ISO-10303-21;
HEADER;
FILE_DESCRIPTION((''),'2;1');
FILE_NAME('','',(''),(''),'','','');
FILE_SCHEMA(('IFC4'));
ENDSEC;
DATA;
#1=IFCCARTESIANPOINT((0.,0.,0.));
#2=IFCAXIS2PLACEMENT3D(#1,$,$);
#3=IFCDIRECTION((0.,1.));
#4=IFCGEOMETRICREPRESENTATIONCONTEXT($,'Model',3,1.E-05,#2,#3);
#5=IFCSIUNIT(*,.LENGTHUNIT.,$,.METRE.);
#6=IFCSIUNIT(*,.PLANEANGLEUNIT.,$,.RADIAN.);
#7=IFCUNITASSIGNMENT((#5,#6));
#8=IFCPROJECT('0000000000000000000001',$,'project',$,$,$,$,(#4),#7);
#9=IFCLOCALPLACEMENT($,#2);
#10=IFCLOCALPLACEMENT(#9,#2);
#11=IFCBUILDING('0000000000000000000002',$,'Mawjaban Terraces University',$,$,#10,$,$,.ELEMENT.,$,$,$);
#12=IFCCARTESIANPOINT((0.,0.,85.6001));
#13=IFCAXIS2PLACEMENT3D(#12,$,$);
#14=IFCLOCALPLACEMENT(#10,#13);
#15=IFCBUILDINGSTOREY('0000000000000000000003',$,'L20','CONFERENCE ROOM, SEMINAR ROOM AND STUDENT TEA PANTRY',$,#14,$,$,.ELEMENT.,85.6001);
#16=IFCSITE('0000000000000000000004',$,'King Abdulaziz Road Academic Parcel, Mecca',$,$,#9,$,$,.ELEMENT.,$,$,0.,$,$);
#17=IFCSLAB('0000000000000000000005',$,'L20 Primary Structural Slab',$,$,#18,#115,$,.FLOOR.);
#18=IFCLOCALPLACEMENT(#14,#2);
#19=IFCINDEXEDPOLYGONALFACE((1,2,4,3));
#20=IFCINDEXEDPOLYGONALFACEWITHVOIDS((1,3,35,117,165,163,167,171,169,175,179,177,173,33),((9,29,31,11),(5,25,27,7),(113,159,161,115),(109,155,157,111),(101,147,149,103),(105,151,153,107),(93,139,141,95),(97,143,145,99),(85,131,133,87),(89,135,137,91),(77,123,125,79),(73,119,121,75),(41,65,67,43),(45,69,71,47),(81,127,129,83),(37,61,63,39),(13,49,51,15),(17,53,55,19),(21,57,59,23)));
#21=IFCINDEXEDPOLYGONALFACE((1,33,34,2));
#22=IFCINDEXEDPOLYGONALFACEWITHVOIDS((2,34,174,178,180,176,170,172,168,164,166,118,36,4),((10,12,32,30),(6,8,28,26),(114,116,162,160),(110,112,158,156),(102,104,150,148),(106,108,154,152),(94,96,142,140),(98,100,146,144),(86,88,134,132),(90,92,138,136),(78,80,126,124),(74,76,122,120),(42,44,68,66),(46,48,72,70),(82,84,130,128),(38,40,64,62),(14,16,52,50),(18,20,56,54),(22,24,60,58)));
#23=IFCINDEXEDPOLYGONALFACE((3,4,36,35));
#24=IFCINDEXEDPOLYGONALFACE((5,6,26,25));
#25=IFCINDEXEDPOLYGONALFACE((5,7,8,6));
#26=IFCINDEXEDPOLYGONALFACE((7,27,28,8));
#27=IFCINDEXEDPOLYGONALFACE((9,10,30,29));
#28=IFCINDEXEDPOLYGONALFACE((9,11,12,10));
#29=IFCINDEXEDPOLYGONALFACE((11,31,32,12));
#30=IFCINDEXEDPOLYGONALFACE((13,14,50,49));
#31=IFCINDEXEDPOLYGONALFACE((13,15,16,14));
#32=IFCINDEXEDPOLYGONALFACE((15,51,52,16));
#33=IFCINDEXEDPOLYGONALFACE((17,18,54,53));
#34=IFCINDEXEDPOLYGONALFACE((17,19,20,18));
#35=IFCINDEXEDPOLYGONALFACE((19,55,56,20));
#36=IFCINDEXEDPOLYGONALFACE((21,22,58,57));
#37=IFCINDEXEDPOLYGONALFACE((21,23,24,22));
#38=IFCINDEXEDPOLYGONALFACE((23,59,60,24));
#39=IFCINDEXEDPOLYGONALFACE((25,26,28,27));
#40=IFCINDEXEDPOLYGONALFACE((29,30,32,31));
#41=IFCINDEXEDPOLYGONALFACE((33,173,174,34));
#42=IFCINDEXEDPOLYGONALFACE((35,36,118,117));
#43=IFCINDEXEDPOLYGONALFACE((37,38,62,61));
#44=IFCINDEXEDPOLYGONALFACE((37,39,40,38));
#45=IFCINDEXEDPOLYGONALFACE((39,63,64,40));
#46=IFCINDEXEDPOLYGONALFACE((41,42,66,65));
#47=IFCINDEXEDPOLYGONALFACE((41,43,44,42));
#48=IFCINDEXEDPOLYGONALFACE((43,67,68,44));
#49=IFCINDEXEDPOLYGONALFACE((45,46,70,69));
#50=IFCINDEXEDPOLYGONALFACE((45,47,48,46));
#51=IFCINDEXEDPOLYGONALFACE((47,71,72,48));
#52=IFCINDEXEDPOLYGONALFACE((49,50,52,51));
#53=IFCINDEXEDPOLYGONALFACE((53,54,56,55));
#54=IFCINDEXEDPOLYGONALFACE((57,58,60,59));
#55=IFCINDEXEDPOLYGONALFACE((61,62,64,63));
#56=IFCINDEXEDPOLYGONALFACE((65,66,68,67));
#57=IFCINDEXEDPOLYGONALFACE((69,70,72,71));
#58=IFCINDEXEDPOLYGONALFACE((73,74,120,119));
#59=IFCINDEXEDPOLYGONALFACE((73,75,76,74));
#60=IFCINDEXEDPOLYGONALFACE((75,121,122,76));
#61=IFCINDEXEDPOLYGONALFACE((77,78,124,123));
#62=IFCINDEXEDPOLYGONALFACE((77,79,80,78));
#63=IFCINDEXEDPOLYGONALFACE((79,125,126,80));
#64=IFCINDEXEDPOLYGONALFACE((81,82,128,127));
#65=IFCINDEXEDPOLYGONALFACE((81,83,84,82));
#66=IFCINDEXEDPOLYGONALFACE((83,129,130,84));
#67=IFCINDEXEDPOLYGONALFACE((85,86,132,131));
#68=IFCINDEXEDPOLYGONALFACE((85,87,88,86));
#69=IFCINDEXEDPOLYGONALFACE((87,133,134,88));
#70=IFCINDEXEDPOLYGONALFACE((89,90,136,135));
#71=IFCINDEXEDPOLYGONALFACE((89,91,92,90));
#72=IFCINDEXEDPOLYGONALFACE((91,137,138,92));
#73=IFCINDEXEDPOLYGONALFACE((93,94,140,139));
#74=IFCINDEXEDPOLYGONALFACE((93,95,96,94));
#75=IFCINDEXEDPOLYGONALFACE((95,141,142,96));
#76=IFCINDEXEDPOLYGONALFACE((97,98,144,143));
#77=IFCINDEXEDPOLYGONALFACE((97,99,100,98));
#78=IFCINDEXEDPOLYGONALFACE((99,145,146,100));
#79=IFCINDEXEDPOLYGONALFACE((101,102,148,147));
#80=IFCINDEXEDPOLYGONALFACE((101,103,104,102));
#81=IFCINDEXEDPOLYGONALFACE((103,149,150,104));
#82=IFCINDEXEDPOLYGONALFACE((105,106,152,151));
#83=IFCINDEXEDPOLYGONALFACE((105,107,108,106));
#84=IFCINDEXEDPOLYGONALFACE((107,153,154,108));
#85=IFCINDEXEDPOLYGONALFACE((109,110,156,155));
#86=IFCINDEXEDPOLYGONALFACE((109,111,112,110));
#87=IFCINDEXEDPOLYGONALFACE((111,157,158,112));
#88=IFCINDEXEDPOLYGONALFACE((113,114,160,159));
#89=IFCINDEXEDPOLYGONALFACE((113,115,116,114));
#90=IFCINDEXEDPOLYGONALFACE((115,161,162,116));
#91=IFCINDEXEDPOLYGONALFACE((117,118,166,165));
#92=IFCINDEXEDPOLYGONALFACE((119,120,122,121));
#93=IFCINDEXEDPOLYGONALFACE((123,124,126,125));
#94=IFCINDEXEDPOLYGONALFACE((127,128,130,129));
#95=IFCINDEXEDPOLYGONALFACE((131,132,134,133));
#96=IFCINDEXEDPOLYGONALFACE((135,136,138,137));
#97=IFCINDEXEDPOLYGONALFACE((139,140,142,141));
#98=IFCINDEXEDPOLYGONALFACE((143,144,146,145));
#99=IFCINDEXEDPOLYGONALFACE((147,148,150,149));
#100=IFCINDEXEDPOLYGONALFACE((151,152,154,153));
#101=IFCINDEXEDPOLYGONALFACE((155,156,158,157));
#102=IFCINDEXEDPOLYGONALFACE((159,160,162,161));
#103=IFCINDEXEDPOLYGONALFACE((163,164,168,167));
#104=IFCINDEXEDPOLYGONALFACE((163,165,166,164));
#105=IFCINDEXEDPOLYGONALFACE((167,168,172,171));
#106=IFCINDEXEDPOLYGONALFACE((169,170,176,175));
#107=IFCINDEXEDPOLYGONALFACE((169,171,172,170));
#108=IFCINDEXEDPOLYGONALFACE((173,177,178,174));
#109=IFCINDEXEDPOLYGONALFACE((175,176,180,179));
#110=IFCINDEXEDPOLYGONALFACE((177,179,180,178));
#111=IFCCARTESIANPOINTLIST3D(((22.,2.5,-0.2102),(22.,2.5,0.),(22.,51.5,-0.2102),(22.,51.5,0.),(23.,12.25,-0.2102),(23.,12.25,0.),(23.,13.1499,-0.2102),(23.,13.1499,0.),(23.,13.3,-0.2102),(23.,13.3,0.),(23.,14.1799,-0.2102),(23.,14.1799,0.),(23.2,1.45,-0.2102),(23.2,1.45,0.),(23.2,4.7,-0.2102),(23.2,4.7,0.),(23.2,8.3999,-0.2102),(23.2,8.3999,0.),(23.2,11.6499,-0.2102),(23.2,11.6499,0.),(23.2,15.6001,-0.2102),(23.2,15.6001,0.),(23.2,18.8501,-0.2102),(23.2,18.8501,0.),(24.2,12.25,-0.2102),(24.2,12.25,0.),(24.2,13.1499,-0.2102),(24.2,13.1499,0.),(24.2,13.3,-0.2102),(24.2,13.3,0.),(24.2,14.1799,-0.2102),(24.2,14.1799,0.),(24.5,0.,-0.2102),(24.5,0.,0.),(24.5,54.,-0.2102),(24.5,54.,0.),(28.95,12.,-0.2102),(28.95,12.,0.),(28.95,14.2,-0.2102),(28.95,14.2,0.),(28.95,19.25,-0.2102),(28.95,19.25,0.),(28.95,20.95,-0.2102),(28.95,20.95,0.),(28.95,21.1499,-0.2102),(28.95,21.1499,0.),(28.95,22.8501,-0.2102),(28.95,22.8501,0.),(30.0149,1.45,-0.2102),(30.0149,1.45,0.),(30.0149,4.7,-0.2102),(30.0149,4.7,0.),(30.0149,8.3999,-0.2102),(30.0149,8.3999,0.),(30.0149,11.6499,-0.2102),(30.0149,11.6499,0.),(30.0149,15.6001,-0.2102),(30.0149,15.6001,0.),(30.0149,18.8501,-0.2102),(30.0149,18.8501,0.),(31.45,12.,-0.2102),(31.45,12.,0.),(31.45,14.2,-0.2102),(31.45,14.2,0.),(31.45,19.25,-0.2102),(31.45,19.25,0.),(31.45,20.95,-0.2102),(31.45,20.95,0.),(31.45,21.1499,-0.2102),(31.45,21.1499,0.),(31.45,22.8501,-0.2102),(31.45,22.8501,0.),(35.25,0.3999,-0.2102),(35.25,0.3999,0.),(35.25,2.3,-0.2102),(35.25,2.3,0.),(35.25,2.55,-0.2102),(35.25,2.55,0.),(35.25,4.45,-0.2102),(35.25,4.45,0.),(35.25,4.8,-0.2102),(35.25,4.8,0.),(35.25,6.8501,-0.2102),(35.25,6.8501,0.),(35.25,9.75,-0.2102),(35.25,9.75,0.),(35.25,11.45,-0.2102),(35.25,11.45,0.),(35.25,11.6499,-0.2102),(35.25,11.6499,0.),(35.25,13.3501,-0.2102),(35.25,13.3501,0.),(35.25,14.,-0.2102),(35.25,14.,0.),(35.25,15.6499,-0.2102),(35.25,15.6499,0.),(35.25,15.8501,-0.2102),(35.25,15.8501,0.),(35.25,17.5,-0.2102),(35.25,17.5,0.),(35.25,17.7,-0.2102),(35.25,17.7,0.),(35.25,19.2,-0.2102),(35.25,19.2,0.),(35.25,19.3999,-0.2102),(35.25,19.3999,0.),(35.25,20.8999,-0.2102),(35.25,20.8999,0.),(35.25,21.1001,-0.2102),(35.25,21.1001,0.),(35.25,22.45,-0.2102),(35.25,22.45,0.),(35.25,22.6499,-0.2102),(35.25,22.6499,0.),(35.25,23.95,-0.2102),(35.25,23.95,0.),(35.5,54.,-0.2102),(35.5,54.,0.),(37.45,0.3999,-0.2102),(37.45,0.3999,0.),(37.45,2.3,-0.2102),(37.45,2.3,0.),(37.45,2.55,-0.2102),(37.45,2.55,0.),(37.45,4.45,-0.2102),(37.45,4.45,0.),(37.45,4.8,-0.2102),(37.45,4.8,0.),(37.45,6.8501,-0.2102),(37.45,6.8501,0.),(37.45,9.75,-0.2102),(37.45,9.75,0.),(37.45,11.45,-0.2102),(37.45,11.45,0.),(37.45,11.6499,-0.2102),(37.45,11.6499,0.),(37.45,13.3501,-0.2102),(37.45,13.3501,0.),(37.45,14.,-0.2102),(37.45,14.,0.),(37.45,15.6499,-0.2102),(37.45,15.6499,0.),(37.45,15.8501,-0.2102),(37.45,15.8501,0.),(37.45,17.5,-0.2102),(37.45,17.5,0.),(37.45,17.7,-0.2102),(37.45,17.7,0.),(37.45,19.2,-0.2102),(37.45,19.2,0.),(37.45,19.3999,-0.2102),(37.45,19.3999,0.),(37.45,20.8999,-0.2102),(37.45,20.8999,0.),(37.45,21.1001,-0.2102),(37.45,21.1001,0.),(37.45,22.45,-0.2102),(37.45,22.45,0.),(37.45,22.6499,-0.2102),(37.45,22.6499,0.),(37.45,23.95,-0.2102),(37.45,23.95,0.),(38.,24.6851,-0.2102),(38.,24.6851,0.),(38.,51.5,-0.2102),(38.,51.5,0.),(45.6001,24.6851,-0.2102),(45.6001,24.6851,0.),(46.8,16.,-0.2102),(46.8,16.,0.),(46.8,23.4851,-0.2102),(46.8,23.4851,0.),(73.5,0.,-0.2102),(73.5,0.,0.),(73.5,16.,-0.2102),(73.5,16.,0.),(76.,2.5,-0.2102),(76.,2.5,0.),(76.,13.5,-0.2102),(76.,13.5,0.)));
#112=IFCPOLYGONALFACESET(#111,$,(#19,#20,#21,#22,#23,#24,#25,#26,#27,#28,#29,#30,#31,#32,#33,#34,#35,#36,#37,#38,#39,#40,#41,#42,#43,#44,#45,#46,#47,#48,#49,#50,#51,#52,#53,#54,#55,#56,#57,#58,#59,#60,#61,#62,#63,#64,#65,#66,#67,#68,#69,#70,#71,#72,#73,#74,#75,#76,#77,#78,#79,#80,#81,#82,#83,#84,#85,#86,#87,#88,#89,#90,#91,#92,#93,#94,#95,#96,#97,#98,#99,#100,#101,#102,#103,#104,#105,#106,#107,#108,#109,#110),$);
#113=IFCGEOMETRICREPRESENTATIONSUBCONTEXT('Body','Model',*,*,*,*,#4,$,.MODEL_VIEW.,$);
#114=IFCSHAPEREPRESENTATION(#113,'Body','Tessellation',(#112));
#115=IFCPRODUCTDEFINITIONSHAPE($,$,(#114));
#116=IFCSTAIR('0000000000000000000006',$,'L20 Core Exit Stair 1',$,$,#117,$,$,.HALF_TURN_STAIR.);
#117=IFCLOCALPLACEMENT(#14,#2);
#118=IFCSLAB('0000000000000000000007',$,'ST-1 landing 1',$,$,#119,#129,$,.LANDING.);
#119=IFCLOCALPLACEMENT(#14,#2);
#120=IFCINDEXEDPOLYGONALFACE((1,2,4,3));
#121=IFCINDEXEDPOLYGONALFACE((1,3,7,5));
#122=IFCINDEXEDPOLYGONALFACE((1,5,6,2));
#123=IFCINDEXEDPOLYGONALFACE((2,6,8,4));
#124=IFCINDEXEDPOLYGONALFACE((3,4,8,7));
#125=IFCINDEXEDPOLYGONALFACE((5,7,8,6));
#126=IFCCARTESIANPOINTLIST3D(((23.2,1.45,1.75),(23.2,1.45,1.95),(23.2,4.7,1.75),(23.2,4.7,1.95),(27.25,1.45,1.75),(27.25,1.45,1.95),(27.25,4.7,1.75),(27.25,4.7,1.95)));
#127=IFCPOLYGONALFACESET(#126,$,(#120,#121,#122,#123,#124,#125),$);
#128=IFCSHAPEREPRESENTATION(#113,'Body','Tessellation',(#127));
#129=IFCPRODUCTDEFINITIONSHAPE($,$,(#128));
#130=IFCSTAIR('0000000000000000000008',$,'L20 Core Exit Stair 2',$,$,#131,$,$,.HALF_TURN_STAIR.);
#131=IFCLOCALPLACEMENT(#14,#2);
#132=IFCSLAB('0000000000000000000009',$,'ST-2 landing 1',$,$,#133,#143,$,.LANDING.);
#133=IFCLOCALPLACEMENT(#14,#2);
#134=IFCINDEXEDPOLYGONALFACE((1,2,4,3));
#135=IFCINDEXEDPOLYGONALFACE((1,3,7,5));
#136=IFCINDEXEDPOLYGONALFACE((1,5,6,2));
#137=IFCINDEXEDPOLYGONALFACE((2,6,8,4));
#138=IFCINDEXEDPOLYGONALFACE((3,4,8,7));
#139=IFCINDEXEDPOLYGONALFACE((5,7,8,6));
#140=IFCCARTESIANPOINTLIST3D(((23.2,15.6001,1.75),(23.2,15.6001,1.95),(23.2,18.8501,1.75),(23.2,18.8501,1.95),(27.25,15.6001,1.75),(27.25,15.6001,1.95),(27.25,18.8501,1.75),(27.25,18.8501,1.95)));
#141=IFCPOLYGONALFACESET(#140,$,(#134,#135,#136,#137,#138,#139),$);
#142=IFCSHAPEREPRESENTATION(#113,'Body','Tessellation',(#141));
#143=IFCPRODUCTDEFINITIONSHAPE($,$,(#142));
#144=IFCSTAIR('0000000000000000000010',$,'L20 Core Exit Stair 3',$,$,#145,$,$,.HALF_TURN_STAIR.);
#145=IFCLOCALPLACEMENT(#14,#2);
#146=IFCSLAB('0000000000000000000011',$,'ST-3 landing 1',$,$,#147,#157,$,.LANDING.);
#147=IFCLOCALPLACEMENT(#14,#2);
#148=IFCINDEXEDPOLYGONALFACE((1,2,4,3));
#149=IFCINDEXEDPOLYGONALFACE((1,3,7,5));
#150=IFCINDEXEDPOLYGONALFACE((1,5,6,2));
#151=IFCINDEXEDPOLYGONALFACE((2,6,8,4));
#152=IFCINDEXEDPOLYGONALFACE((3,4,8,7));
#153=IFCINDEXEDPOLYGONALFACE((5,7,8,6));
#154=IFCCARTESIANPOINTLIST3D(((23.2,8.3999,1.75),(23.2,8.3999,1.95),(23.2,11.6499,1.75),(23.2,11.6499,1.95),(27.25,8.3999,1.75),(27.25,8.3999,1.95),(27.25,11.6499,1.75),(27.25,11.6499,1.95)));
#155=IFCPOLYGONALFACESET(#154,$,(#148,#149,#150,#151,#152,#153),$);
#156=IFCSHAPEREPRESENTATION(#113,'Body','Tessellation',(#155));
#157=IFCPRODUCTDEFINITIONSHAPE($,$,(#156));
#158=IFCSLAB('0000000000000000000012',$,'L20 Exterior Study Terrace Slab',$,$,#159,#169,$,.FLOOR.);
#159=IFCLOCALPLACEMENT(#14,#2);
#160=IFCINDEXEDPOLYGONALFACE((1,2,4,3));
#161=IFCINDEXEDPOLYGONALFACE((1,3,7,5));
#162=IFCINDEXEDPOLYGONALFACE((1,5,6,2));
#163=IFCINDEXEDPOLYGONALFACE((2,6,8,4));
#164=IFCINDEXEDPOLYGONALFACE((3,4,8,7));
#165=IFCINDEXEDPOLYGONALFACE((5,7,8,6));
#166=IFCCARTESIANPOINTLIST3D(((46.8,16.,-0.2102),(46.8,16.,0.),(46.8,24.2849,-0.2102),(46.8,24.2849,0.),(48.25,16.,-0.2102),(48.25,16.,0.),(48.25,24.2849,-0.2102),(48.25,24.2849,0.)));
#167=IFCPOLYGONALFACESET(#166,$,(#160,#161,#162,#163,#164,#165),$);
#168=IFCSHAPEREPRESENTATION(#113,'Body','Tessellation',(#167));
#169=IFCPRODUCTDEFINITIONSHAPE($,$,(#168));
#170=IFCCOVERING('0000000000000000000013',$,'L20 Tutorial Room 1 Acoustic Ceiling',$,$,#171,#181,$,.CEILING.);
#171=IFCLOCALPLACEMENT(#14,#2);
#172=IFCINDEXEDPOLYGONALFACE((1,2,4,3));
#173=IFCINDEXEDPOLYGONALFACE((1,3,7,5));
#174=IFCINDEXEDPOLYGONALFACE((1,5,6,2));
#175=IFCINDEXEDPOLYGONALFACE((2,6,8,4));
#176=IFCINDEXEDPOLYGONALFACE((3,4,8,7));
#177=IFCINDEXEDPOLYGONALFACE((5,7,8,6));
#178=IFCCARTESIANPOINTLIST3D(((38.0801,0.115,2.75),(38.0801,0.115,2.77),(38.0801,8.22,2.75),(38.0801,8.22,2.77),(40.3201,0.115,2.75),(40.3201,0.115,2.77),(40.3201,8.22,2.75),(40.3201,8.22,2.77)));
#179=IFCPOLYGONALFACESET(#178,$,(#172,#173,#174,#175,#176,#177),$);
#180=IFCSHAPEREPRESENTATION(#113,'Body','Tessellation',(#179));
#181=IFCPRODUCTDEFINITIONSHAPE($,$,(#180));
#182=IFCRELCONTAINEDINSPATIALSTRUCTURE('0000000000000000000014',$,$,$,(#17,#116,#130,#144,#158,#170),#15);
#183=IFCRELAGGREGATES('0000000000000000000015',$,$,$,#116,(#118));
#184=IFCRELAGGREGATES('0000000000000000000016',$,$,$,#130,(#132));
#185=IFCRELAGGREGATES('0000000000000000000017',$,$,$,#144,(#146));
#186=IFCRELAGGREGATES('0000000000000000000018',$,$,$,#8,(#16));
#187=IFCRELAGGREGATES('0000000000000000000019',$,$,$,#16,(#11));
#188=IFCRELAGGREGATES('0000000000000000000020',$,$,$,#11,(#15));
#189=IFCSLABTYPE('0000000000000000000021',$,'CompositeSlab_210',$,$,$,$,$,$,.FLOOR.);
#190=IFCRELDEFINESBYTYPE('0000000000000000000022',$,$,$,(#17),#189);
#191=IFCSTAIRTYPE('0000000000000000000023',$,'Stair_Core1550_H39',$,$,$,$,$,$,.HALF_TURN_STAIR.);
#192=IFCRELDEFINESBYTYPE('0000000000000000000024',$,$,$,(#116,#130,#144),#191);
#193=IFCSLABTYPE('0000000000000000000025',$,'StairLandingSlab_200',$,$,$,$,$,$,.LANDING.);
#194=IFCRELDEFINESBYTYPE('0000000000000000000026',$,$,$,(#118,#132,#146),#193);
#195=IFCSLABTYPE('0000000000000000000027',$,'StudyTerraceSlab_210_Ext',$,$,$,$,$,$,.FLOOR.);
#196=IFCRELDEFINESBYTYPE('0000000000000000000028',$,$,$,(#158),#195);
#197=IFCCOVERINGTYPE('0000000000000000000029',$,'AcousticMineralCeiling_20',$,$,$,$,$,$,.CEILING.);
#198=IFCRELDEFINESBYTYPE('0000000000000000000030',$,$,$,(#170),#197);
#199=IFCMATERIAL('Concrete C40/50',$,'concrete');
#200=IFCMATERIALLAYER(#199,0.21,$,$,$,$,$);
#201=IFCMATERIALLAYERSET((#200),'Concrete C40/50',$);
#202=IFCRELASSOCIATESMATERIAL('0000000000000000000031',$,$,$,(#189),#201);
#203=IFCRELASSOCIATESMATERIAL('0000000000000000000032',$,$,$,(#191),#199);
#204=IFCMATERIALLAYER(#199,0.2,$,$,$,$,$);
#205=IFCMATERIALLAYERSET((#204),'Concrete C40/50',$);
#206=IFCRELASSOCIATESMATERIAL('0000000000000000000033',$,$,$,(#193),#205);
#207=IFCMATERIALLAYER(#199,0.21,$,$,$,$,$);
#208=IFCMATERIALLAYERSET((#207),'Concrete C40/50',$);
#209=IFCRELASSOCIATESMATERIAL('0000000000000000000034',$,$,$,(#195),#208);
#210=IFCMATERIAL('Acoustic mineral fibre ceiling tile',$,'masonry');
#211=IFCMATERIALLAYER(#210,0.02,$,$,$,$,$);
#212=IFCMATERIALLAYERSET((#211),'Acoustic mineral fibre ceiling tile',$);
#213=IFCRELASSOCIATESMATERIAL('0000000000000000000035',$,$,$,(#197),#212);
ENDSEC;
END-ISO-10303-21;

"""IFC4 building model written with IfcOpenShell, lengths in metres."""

from ifc_helpers import new_model, si_unit, direction, frame, origin, place, context, subcontext, project, spatial, polyline, outline, extrude, material, layer, layer_set, type_object, element, aggregate, save


model = new_model("IFC4")

# Units and contexts
model_context = context("Model", 3, precision=1e-05, world=origin(), true_north=direction((0.0, 1.0)))
body_context = subcontext(model_context, "Body", "Model", "MODEL_VIEW")
ifc_project = project(units=[si_unit("LENGTHUNIT", "METRE"), si_unit("PLANEANGLEUNIT", "RADIAN")], contexts=[model_context])

# Site, building, storey
site_placement = place(None, origin())
site = spatial("IfcSite", under=ifc_project, at=site_placement, Name="King Abdulaziz Road Academic Parcel, Mecca", CompositionType="ELEMENT", RefElevation=0.0)
building_placement = place(site_placement, origin())
building = spatial("IfcBuilding", under=site, at=building_placement, Name="Mawjaban Terraces University", CompositionType="ELEMENT")
storey_placement = place(building_placement, frame((0.0, 0.0, 85.6001)))
storey = spatial("IfcBuildingStorey", under=building, at=storey_placement, Name="L20", Description="CONFERENCE ROOM, SEMINAR ROOM AND STUDENT TEA PANTRY", CompositionType="ELEMENT", Elevation=85.6001)

# Slab
ifc_material_1 = material(Name="Concrete C40/50", Category="concrete")
ifc_layer_1 = layer(ifc_material_1, 0.21)
ifc_layer_set_1 = layer_set([ifc_layer_1], Name="Concrete C40/50")
slab_type_1 = type_object("IfcSlabType", Name="CompositeSlab_210", PredefinedType="FLOOR", material=ifc_layer_set_1)
slab_1_placement = place(storey_placement, frame((0.0, 0.0, -0.2102)))
element("IfcSlab", 1, at=slab_1_placement, inside=storey, type_object=slab_type_1, Name="L20 Primary Structural Slab", PredefinedType="FLOOR", context=body_context, shape_type="SweptSolid", body=[
    extrude(outline(polyline([(24.5, 0.0), (73.5, 0.0), (76.0, 2.5), (76.0, 13.5), (73.5, 16.0), (46.8, 16.0), (46.8, 23.4851), (45.6001, 24.6851), (38.0, 24.6851), (38.0, 51.5), (35.5, 54.0), (24.5, 54.0), (22.0, 51.5), (22.0, 2.5), (24.5, 0.0)]), holes=[polyline([(30.0149, 4.7), (23.2, 4.7), (23.2, 1.45), (30.0149, 1.45), (30.0149, 4.7)]), polyline([(30.0149, 18.8501), (23.2, 18.8501), (23.2, 15.6001), (30.0149, 15.6001), (30.0149, 18.8501)]), polyline([(30.0149, 11.6499), (23.2, 11.6499), (23.2, 8.3999), (30.0149, 8.3999), (30.0149, 11.6499)]), polyline([(35.25, 0.3999), (37.45, 0.3999), (37.45, 2.3), (35.25, 2.3), (35.25, 0.3999)]), polyline([(35.25, 2.55), (37.45, 2.55), (37.45, 4.45), (35.25, 4.45), (35.25, 2.55)]), polyline([(35.25, 4.8), (37.45, 4.8), (37.45, 6.8501), (35.25, 6.8501), (35.25, 4.8)]), polyline([(35.25, 9.75), (37.45, 9.75), (37.45, 11.45), (35.25, 11.45), (35.25, 9.75)]), polyline([(35.25, 11.6499), (37.45, 11.6499), (37.45, 13.3501), (35.25, 13.3501), (35.25, 11.6499)]), polyline([(28.95, 12.0), (31.45, 12.0), (31.45, 14.2), (28.95, 14.2), (28.95, 12.0)]), polyline([(35.25, 14.0), (37.45, 14.0), (37.45, 15.6499), (35.25, 15.6499), (35.25, 14.0)]), polyline([(35.25, 15.8501), (37.45, 15.8501), (37.45, 17.5), (35.25, 17.5), (35.25, 15.8501)]), polyline([(35.25, 17.7), (37.45, 17.7), (37.45, 19.2), (35.25, 19.2), (35.25, 17.7)]), polyline([(35.25, 19.3999), (37.45, 19.3999), (37.45, 20.8999), (35.25, 20.8999), (35.25, 19.3999)]), polyline([(28.95, 19.25), (31.45, 19.25), (31.45, 20.95), (28.95, 20.95), (28.95, 19.25)]), polyline([(35.25, 21.1001), (37.45, 21.1001), (37.45, 22.45), (35.25, 22.45), (35.25, 21.1001)]), polyline([(35.25, 22.6499), (37.45, 22.6499), (37.45, 23.95), (35.25, 23.95), (35.25, 22.6499)]), polyline([(28.95, 21.1499), (31.45, 21.1499), (31.45, 22.8501), (28.95, 22.8501), (28.95, 21.1499)]), polyline([(23.0, 12.25), (24.2, 12.25), (24.2, 13.1499), (23.0, 13.1499), (23.0, 12.25)]), polyline([(23.0, 13.3), (24.2, 13.3), (24.2, 14.1799), (23.0, 14.1799), (23.0, 13.3)])]), origin(), (0.0, 0.0, 1.0), 0.2102),
])

# Stairs, slabs
stair_type = type_object("IfcStairType", Name="Stair_Core1550_H39", PredefinedType="HALF_TURN_STAIR", material=ifc_material_1)
stair_1_placement = place(storey_placement, origin())
stair_1 = element("IfcStair", 2, at=stair_1_placement, inside=storey, type_object=stair_type, Name="L20 Core Exit Stair 1", PredefinedType="HALF_TURN_STAIR")
ifc_layer_2 = layer(ifc_material_1, 0.2)
ifc_layer_set_2 = layer_set([ifc_layer_2], Name="Concrete C40/50")
slab_type_2 = type_object("IfcSlabType", Name="StairLandingSlab_200", PredefinedType="LANDING", material=ifc_layer_set_2)
slab_2_placement = place(storey_placement, frame((0.0, 0.0, 1.75)))
slab_2 = element("IfcSlab", 3, at=slab_2_placement, type_object=slab_type_2, Name="ST-1 landing 1", PredefinedType="LANDING", context=body_context, shape_type="SweptSolid", body=[
    extrude(outline(polyline([(27.25, 4.7), (23.2, 4.7), (23.2, 1.45), (27.25, 1.45), (27.25, 4.7)])), origin(), (0.0, 0.0, 1.0), 0.2),
])
aggregate(stair_1, [slab_2])
stair_2_placement = place(storey_placement, origin())
stair_2 = element("IfcStair", 4, at=stair_2_placement, inside=storey, type_object=stair_type, Name="L20 Core Exit Stair 2", PredefinedType="HALF_TURN_STAIR")
slab_3_placement = place(storey_placement, frame((0.0, 0.0, 1.75)))
slab_3 = element("IfcSlab", 5, at=slab_3_placement, type_object=slab_type_2, Name="ST-2 landing 1", PredefinedType="LANDING", context=body_context, shape_type="SweptSolid", body=[
    extrude(outline(polyline([(27.25, 18.8501), (23.2, 18.8501), (23.2, 15.6001), (27.25, 15.6001), (27.25, 18.8501)])), origin(), (0.0, 0.0, 1.0), 0.2),
])
aggregate(stair_2, [slab_3])
stair_3_placement = place(storey_placement, origin())
stair_3 = element("IfcStair", 6, at=stair_3_placement, inside=storey, type_object=stair_type, Name="L20 Core Exit Stair 3", PredefinedType="HALF_TURN_STAIR")
slab_4_placement = place(storey_placement, frame((0.0, 0.0, 1.75)))
slab_4 = element("IfcSlab", 7, at=slab_4_placement, type_object=slab_type_2, Name="ST-3 landing 1", PredefinedType="LANDING", context=body_context, shape_type="SweptSolid", body=[
    extrude(outline(polyline([(27.25, 11.6499), (23.2, 11.6499), (23.2, 8.3999), (27.25, 8.3999), (27.25, 11.6499)])), origin(), (0.0, 0.0, 1.0), 0.2),
])
aggregate(stair_3, [slab_4])

# Slab
ifc_layer_3 = layer(ifc_material_1, 0.21)
ifc_layer_set_3 = layer_set([ifc_layer_3], Name="Concrete C40/50")
slab_type_3 = type_object("IfcSlabType", Name="StudyTerraceSlab_210_Ext", PredefinedType="FLOOR", material=ifc_layer_set_3)
slab_5_placement = place(storey_placement, frame((0.0, 0.0, -0.2102)))
element("IfcSlab", 8, at=slab_5_placement, inside=storey, type_object=slab_type_3, Name="L20 Exterior Study Terrace Slab", PredefinedType="FLOOR", context=body_context, shape_type="SweptSolid", body=[
    extrude(outline(polyline([(46.8, 16.0), (48.25, 16.0), (48.25, 24.2849), (46.8, 24.2849), (46.8, 16.0)])), origin(), (0.0, 0.0, 1.0), 0.2102),
])

# Covering
ifc_material_2 = material(Name="Acoustic mineral fibre ceiling tile", Category="masonry")
ifc_layer_4 = layer(ifc_material_2, 0.02)
ifc_layer_set_4 = layer_set([ifc_layer_4], Name="Acoustic mineral fibre ceiling tile")
covering_type_1 = type_object("IfcCoveringType", Name="AcousticMineralCeiling_20", PredefinedType="CEILING", material=ifc_layer_set_4)
covering_1_placement = place(storey_placement, frame((0.0, 0.0, 2.75)))
element("IfcCovering", 9, at=covering_1_placement, inside=storey, type_object=covering_type_1, Name="L20 Tutorial Room 1 Acoustic Ceiling", PredefinedType="CEILING", context=body_context, shape_type="SweptSolid", body=[
    extrude(outline(polyline([(38.0801, 0.115), (40.3201, 0.115), (40.3201, 8.22), (38.0801, 8.22), (38.0801, 0.115)])), origin(), (0.0, 0.0, 1.0), 0.02),
])

save(model, "model.ifc")
